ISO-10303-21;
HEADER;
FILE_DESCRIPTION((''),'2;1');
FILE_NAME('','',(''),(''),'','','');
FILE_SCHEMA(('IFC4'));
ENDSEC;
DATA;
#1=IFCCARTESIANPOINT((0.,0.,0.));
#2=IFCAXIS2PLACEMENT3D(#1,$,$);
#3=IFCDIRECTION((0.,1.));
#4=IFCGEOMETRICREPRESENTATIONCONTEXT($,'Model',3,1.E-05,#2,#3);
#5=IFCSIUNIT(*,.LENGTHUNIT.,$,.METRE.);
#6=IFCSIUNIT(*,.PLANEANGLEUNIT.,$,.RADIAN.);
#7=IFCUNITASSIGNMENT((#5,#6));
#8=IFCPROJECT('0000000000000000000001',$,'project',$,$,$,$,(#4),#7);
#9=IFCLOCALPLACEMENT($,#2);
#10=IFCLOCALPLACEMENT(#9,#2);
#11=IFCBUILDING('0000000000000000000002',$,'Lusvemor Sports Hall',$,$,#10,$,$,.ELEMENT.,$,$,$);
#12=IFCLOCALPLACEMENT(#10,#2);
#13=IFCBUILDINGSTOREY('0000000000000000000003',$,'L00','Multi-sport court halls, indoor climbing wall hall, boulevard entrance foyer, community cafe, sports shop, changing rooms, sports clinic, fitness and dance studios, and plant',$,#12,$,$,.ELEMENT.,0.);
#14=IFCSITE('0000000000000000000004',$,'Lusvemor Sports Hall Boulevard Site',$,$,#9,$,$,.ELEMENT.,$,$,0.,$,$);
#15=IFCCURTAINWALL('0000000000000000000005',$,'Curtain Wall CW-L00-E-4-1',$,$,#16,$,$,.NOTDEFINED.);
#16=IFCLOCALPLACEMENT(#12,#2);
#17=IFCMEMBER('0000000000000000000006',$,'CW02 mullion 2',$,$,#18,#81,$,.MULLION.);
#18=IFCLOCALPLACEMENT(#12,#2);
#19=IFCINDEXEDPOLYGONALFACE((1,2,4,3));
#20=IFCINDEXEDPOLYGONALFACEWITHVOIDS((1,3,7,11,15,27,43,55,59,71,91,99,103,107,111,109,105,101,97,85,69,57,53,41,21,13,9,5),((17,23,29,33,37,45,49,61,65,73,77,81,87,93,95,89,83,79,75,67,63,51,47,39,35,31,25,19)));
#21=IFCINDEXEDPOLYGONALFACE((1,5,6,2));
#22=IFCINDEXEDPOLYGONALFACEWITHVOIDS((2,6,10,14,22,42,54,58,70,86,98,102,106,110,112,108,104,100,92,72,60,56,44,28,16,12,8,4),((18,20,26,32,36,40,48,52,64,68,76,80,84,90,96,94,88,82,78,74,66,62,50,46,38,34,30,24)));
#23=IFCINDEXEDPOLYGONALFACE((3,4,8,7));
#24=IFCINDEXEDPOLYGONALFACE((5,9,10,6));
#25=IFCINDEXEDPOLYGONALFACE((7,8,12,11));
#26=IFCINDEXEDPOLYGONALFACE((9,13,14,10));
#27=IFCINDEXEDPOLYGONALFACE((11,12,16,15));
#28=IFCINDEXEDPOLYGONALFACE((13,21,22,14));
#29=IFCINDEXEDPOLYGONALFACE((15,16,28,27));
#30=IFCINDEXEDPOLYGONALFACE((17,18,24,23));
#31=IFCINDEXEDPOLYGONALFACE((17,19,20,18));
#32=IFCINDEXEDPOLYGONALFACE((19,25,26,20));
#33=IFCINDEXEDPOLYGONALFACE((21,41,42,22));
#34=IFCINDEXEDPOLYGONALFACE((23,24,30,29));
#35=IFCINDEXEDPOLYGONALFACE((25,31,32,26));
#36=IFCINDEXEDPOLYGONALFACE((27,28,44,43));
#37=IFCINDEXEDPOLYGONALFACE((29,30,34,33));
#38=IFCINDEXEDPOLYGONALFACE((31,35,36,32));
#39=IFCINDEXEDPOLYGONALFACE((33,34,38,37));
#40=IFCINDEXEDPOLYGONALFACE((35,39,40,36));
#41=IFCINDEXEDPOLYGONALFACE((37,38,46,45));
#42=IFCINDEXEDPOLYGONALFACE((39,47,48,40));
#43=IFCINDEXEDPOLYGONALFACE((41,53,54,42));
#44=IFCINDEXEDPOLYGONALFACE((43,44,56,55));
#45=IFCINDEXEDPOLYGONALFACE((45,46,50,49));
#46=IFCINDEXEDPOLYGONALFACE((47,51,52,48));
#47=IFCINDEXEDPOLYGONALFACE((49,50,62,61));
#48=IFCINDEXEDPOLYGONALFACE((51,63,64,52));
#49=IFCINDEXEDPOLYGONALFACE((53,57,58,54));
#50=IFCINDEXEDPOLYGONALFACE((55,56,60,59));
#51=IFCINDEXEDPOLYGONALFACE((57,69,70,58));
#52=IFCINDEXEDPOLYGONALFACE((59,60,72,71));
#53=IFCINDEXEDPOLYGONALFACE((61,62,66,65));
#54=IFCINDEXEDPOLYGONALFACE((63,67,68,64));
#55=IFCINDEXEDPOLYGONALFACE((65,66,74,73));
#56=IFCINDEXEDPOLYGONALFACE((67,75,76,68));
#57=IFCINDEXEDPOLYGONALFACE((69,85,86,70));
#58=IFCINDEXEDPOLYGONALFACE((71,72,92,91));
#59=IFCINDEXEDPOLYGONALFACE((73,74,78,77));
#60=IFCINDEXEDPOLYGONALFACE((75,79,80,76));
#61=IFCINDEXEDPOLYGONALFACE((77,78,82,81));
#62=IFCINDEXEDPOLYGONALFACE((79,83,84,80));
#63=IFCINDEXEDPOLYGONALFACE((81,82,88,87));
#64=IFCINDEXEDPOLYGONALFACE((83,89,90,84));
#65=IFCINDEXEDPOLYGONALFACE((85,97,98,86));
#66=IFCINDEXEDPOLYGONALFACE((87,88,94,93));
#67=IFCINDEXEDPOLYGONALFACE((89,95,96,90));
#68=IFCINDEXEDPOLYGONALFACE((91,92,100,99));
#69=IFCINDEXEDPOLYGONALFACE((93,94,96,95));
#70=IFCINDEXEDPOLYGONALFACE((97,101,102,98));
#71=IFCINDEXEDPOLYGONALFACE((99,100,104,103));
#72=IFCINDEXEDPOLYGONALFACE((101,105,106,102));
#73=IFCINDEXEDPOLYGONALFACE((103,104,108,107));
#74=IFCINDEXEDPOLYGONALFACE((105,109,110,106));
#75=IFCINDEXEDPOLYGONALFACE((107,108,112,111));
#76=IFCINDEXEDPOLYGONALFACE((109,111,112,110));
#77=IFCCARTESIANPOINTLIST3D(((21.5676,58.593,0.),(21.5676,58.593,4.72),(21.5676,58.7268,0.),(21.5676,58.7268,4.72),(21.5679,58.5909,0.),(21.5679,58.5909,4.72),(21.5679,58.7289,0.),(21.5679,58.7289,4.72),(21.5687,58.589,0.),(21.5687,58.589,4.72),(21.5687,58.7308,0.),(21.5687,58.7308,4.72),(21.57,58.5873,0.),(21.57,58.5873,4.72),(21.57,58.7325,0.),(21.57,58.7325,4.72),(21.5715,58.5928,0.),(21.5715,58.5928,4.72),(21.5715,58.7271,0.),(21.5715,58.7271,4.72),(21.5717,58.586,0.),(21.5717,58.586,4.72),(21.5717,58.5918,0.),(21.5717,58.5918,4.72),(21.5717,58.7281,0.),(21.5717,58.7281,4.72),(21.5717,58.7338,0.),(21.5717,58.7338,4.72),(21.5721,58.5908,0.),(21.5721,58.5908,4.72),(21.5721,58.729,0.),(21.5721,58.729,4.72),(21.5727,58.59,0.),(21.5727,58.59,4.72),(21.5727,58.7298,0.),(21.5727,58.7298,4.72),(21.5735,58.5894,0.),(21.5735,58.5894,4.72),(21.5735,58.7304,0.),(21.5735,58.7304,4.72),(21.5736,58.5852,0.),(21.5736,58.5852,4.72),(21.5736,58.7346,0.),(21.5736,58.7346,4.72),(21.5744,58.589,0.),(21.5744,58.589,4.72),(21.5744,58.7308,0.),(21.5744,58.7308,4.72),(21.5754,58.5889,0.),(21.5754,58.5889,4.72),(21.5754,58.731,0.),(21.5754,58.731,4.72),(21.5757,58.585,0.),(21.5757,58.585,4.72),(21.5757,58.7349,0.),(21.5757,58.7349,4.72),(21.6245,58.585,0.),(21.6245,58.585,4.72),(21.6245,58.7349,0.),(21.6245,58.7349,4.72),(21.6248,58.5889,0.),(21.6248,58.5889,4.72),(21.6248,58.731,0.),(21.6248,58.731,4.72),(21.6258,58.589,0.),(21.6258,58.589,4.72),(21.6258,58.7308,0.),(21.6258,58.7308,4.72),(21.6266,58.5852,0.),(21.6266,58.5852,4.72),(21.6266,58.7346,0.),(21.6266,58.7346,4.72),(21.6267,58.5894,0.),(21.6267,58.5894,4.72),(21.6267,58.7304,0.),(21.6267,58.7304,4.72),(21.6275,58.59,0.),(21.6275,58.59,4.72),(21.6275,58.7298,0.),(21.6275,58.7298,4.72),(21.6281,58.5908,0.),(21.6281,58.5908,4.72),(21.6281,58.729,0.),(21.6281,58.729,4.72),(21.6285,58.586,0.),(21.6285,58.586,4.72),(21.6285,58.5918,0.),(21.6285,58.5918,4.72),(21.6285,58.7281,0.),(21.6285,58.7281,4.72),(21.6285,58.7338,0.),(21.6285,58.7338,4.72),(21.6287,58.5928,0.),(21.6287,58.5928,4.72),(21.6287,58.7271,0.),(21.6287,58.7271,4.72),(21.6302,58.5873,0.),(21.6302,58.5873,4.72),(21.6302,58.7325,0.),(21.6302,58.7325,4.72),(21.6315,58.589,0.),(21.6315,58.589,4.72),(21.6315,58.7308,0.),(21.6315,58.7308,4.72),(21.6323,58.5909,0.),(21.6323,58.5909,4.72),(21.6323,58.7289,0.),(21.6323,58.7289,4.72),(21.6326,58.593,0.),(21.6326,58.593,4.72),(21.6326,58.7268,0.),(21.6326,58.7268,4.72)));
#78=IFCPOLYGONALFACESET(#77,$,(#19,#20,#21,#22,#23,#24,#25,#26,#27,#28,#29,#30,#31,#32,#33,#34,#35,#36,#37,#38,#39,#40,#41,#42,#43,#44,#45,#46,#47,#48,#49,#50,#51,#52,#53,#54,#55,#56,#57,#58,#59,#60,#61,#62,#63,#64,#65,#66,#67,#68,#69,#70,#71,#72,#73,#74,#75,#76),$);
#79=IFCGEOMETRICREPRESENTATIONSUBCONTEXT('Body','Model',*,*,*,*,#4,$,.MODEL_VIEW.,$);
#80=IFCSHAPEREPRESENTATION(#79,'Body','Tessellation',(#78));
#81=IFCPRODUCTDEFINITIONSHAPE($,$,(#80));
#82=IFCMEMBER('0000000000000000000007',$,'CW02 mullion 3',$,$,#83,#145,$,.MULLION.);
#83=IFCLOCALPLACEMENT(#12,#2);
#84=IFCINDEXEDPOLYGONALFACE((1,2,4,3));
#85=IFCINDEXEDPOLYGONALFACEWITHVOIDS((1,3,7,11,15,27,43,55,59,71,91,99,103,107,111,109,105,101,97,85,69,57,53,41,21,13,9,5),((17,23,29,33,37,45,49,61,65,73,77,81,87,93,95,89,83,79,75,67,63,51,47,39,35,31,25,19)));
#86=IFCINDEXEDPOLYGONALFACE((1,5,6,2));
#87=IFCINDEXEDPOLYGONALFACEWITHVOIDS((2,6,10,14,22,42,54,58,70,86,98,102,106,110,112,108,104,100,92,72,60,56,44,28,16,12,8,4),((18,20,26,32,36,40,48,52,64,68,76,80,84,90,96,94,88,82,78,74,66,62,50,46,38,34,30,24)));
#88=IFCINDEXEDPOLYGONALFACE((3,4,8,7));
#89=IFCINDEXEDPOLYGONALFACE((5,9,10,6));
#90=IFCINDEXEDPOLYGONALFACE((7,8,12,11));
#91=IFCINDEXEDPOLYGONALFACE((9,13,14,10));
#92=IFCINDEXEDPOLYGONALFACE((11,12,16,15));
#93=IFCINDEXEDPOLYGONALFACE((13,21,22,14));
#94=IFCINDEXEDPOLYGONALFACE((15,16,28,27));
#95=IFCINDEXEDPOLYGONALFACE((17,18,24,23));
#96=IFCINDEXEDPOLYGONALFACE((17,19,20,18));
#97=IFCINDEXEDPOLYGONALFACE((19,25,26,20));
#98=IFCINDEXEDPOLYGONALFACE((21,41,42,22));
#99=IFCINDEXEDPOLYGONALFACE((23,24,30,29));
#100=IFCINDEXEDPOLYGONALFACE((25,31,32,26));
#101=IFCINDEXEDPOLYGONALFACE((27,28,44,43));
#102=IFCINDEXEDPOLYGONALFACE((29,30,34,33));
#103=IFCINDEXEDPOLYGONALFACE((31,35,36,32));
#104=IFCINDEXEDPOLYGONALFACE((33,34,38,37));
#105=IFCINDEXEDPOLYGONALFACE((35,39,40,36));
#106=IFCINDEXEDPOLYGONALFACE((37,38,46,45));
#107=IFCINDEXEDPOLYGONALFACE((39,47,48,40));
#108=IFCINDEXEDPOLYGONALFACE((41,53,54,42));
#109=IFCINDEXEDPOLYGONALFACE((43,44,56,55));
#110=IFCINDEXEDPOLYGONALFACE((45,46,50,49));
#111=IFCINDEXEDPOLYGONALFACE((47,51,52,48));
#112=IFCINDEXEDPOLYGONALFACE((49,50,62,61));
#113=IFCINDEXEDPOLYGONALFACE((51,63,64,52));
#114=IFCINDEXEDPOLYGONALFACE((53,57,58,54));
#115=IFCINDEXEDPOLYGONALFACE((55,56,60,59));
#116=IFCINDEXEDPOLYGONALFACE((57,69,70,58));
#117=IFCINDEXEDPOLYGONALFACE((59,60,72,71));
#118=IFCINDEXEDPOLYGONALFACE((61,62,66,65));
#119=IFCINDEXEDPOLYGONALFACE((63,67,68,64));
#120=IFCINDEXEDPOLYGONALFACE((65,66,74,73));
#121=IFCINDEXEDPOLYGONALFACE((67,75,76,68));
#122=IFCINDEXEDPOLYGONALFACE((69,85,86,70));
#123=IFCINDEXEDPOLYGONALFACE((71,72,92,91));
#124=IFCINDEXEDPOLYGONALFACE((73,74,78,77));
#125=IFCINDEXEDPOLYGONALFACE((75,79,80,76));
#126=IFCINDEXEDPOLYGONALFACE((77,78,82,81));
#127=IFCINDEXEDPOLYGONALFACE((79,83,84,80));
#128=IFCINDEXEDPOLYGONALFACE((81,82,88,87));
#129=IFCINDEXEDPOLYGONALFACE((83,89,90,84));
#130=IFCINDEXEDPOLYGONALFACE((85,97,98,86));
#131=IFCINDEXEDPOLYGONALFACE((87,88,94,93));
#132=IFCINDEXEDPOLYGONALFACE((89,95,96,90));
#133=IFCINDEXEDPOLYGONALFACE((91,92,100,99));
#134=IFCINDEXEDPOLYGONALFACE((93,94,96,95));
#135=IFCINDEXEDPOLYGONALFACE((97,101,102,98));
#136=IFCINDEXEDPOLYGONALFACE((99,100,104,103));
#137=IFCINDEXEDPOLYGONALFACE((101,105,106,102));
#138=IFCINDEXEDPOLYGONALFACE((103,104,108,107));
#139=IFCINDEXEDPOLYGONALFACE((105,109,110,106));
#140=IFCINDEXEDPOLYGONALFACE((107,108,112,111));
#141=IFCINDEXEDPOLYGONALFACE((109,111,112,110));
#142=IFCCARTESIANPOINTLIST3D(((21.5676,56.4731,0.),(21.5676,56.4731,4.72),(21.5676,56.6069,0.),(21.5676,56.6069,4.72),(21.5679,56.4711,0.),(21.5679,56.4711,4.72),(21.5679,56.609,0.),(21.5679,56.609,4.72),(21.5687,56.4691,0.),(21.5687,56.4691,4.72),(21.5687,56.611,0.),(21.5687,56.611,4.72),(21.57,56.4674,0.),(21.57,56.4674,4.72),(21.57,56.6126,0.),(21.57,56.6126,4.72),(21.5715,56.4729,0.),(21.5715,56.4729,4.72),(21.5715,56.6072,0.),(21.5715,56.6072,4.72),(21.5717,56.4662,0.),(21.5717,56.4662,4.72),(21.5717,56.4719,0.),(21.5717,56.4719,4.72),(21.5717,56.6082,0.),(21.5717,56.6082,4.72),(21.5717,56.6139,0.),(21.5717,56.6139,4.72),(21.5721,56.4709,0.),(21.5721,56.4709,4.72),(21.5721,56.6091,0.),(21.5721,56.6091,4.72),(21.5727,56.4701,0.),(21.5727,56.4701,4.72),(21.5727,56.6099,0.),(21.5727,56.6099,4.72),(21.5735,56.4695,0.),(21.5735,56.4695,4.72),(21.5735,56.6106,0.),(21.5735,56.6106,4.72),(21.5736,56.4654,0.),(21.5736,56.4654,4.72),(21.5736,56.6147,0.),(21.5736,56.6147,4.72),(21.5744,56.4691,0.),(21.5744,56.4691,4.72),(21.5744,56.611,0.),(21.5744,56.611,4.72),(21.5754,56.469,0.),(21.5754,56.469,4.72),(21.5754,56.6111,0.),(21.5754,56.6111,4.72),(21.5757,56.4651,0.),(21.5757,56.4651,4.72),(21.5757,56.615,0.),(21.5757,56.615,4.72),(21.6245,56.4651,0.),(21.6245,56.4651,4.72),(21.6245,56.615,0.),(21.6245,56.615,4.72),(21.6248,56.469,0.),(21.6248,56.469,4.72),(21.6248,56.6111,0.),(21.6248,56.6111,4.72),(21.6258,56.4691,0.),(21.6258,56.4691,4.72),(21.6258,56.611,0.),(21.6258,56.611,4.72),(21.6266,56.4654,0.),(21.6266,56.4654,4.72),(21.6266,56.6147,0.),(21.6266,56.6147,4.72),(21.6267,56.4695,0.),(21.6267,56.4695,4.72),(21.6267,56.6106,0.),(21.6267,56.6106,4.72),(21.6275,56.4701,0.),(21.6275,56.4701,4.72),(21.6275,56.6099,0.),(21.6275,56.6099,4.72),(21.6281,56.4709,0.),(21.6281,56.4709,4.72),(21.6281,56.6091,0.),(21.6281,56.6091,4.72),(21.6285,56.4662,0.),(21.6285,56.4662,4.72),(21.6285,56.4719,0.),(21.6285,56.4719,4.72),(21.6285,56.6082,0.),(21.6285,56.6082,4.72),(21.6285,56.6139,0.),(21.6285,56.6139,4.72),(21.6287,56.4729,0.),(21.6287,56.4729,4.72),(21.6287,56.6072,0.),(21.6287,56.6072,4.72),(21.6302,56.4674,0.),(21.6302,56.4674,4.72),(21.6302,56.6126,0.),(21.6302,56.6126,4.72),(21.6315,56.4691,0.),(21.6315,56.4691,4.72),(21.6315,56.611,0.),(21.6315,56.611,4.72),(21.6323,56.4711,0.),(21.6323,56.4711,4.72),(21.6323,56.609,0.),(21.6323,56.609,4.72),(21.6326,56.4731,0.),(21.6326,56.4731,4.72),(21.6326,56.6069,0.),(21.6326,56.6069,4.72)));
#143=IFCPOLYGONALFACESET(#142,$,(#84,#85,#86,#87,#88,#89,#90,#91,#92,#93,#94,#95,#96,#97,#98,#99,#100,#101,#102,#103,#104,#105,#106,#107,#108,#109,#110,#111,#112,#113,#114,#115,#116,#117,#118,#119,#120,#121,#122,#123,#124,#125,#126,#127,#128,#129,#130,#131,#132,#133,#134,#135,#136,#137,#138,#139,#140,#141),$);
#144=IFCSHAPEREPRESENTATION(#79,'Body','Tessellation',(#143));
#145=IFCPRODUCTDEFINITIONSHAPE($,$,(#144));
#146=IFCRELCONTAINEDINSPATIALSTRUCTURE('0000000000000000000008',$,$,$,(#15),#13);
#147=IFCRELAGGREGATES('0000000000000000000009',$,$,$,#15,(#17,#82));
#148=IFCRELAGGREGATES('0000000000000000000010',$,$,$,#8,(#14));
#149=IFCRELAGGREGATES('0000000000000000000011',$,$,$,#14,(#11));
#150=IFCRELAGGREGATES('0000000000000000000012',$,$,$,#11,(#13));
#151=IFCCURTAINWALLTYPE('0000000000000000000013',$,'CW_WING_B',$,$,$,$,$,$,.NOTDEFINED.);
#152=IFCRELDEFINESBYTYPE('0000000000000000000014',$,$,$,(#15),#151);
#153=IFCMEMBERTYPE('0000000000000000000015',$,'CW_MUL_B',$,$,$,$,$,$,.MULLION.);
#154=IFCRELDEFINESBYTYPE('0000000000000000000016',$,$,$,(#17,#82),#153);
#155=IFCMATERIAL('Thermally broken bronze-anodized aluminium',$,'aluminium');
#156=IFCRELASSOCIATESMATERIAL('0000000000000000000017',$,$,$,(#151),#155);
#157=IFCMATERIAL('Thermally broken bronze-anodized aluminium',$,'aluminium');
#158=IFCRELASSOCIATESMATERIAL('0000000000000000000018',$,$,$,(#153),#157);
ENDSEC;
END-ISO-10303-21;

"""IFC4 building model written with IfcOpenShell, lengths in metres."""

from ifc_helpers import new_model, si_unit, direction, frame, origin, origin_2d, place, context, subcontext, project, spatial, hollow_rectangle, extrude, material, material_profile, profile_set, type_object, element, aggregate, save


model = new_model("IFC4")

# Units and contexts
model_context = context("Model", 3, precision=1e-05, world=origin(), true_north=direction((0.0, 1.0)))
body_context = subcontext(model_context, "Body", "Model", "MODEL_VIEW")
ifc_project = project(units=[si_unit("LENGTHUNIT", "METRE"), si_unit("PLANEANGLEUNIT", "RADIAN")], contexts=[model_context])

# Site, building, storey
site_placement = place(None, origin())
site = spatial("IfcSite", under=ifc_project, at=site_placement, Name="Lusvemor Sports Hall Boulevard Site", CompositionType="ELEMENT", RefElevation=0.0)
building_placement = place(site_placement, origin())
building = spatial("IfcBuilding", under=site, at=building_placement, Name="Lusvemor Sports Hall", CompositionType="ELEMENT")
storey_placement = place(building_placement, origin())
storey = spatial("IfcBuildingStorey", under=building, at=storey_placement, Name="L00", Description="Multi-sport court halls, indoor climbing wall hall, boulevard entrance foyer, community cafe, sports shop, changing rooms, sports clinic, fitness and dance studios, and plant", CompositionType="ELEMENT", Elevation=0.0)

# Curtain wall, members
ifc_material_1 = material(Name="Thermally broken bronze-anodized aluminium", Category="aluminium")
curtain_wall_type = type_object("IfcCurtainWallType", Name="CW_WING_B", PredefinedType="NOTDEFINED", material=ifc_material_1)
curtain_wall_placement = place(storey_placement, origin())
curtain_wall = element("IfcCurtainWall", 1, at=curtain_wall_placement, inside=storey, type_object=curtain_wall_type, Name="Curtain Wall CW-L00-E-4-1", PredefinedType="NOTDEFINED")
ifc_material_2 = material(Name="Thermally broken bronze-anodized aluminium", Category="aluminium")
ifc_material_profile_1 = material_profile(ifc_material_2, hollow_rectangle(XDim=0.0649, YDim=0.1499, WallThickness=0.0039, InnerFilletRadius=0.0039, OuterFilletRadius=0.0081, at=origin_2d()), Name="CWMUL150x65x4")
ifc_profile_set_1 = profile_set([ifc_material_profile_1], Name="Thermally broken bronze-anodized aluminium")
member_type_1 = type_object("IfcMemberType", Name="CW_MUL_B", PredefinedType="MULLION", material=ifc_profile_set_1)
member_1_placement = place(storey_placement, frame((21.6001, 58.6599, 0.0), z_axis=(0.0, 0.0, 1.0), x_axis=(1.0, 0.0, 0.0)))
member_1 = element("IfcMember", 2, at=member_1_placement, type_object=member_type_1, Name="CW02 mullion 2", PredefinedType="MULLION", context=body_context, shape_type="SweptSolid", body=[
    extrude(hollow_rectangle(XDim=0.0649, YDim=0.1499, WallThickness=0.0039, InnerFilletRadius=0.0039, OuterFilletRadius=0.0081, at=origin_2d()), origin(), (0.0, 0.0, 1.0), 4.72),
])
member_2_placement = place(storey_placement, frame((21.6001, 56.54, 0.0), z_axis=(0.0, 0.0, 1.0), x_axis=(1.0, 0.0, 0.0)))
member_2 = element("IfcMember", 3, at=member_2_placement, type_object=member_type_1, Name="CW02 mullion 3", PredefinedType="MULLION", context=body_context, shape_type="SweptSolid", body=[
    extrude(hollow_rectangle(XDim=0.0649, YDim=0.1499, WallThickness=0.0039, InnerFilletRadius=0.0039, OuterFilletRadius=0.0081, at=origin_2d()), origin(), (0.0, 0.0, 1.0), 4.72),
])
aggregate(curtain_wall, [member_1, member_2])

save(model, "model.ifc")
